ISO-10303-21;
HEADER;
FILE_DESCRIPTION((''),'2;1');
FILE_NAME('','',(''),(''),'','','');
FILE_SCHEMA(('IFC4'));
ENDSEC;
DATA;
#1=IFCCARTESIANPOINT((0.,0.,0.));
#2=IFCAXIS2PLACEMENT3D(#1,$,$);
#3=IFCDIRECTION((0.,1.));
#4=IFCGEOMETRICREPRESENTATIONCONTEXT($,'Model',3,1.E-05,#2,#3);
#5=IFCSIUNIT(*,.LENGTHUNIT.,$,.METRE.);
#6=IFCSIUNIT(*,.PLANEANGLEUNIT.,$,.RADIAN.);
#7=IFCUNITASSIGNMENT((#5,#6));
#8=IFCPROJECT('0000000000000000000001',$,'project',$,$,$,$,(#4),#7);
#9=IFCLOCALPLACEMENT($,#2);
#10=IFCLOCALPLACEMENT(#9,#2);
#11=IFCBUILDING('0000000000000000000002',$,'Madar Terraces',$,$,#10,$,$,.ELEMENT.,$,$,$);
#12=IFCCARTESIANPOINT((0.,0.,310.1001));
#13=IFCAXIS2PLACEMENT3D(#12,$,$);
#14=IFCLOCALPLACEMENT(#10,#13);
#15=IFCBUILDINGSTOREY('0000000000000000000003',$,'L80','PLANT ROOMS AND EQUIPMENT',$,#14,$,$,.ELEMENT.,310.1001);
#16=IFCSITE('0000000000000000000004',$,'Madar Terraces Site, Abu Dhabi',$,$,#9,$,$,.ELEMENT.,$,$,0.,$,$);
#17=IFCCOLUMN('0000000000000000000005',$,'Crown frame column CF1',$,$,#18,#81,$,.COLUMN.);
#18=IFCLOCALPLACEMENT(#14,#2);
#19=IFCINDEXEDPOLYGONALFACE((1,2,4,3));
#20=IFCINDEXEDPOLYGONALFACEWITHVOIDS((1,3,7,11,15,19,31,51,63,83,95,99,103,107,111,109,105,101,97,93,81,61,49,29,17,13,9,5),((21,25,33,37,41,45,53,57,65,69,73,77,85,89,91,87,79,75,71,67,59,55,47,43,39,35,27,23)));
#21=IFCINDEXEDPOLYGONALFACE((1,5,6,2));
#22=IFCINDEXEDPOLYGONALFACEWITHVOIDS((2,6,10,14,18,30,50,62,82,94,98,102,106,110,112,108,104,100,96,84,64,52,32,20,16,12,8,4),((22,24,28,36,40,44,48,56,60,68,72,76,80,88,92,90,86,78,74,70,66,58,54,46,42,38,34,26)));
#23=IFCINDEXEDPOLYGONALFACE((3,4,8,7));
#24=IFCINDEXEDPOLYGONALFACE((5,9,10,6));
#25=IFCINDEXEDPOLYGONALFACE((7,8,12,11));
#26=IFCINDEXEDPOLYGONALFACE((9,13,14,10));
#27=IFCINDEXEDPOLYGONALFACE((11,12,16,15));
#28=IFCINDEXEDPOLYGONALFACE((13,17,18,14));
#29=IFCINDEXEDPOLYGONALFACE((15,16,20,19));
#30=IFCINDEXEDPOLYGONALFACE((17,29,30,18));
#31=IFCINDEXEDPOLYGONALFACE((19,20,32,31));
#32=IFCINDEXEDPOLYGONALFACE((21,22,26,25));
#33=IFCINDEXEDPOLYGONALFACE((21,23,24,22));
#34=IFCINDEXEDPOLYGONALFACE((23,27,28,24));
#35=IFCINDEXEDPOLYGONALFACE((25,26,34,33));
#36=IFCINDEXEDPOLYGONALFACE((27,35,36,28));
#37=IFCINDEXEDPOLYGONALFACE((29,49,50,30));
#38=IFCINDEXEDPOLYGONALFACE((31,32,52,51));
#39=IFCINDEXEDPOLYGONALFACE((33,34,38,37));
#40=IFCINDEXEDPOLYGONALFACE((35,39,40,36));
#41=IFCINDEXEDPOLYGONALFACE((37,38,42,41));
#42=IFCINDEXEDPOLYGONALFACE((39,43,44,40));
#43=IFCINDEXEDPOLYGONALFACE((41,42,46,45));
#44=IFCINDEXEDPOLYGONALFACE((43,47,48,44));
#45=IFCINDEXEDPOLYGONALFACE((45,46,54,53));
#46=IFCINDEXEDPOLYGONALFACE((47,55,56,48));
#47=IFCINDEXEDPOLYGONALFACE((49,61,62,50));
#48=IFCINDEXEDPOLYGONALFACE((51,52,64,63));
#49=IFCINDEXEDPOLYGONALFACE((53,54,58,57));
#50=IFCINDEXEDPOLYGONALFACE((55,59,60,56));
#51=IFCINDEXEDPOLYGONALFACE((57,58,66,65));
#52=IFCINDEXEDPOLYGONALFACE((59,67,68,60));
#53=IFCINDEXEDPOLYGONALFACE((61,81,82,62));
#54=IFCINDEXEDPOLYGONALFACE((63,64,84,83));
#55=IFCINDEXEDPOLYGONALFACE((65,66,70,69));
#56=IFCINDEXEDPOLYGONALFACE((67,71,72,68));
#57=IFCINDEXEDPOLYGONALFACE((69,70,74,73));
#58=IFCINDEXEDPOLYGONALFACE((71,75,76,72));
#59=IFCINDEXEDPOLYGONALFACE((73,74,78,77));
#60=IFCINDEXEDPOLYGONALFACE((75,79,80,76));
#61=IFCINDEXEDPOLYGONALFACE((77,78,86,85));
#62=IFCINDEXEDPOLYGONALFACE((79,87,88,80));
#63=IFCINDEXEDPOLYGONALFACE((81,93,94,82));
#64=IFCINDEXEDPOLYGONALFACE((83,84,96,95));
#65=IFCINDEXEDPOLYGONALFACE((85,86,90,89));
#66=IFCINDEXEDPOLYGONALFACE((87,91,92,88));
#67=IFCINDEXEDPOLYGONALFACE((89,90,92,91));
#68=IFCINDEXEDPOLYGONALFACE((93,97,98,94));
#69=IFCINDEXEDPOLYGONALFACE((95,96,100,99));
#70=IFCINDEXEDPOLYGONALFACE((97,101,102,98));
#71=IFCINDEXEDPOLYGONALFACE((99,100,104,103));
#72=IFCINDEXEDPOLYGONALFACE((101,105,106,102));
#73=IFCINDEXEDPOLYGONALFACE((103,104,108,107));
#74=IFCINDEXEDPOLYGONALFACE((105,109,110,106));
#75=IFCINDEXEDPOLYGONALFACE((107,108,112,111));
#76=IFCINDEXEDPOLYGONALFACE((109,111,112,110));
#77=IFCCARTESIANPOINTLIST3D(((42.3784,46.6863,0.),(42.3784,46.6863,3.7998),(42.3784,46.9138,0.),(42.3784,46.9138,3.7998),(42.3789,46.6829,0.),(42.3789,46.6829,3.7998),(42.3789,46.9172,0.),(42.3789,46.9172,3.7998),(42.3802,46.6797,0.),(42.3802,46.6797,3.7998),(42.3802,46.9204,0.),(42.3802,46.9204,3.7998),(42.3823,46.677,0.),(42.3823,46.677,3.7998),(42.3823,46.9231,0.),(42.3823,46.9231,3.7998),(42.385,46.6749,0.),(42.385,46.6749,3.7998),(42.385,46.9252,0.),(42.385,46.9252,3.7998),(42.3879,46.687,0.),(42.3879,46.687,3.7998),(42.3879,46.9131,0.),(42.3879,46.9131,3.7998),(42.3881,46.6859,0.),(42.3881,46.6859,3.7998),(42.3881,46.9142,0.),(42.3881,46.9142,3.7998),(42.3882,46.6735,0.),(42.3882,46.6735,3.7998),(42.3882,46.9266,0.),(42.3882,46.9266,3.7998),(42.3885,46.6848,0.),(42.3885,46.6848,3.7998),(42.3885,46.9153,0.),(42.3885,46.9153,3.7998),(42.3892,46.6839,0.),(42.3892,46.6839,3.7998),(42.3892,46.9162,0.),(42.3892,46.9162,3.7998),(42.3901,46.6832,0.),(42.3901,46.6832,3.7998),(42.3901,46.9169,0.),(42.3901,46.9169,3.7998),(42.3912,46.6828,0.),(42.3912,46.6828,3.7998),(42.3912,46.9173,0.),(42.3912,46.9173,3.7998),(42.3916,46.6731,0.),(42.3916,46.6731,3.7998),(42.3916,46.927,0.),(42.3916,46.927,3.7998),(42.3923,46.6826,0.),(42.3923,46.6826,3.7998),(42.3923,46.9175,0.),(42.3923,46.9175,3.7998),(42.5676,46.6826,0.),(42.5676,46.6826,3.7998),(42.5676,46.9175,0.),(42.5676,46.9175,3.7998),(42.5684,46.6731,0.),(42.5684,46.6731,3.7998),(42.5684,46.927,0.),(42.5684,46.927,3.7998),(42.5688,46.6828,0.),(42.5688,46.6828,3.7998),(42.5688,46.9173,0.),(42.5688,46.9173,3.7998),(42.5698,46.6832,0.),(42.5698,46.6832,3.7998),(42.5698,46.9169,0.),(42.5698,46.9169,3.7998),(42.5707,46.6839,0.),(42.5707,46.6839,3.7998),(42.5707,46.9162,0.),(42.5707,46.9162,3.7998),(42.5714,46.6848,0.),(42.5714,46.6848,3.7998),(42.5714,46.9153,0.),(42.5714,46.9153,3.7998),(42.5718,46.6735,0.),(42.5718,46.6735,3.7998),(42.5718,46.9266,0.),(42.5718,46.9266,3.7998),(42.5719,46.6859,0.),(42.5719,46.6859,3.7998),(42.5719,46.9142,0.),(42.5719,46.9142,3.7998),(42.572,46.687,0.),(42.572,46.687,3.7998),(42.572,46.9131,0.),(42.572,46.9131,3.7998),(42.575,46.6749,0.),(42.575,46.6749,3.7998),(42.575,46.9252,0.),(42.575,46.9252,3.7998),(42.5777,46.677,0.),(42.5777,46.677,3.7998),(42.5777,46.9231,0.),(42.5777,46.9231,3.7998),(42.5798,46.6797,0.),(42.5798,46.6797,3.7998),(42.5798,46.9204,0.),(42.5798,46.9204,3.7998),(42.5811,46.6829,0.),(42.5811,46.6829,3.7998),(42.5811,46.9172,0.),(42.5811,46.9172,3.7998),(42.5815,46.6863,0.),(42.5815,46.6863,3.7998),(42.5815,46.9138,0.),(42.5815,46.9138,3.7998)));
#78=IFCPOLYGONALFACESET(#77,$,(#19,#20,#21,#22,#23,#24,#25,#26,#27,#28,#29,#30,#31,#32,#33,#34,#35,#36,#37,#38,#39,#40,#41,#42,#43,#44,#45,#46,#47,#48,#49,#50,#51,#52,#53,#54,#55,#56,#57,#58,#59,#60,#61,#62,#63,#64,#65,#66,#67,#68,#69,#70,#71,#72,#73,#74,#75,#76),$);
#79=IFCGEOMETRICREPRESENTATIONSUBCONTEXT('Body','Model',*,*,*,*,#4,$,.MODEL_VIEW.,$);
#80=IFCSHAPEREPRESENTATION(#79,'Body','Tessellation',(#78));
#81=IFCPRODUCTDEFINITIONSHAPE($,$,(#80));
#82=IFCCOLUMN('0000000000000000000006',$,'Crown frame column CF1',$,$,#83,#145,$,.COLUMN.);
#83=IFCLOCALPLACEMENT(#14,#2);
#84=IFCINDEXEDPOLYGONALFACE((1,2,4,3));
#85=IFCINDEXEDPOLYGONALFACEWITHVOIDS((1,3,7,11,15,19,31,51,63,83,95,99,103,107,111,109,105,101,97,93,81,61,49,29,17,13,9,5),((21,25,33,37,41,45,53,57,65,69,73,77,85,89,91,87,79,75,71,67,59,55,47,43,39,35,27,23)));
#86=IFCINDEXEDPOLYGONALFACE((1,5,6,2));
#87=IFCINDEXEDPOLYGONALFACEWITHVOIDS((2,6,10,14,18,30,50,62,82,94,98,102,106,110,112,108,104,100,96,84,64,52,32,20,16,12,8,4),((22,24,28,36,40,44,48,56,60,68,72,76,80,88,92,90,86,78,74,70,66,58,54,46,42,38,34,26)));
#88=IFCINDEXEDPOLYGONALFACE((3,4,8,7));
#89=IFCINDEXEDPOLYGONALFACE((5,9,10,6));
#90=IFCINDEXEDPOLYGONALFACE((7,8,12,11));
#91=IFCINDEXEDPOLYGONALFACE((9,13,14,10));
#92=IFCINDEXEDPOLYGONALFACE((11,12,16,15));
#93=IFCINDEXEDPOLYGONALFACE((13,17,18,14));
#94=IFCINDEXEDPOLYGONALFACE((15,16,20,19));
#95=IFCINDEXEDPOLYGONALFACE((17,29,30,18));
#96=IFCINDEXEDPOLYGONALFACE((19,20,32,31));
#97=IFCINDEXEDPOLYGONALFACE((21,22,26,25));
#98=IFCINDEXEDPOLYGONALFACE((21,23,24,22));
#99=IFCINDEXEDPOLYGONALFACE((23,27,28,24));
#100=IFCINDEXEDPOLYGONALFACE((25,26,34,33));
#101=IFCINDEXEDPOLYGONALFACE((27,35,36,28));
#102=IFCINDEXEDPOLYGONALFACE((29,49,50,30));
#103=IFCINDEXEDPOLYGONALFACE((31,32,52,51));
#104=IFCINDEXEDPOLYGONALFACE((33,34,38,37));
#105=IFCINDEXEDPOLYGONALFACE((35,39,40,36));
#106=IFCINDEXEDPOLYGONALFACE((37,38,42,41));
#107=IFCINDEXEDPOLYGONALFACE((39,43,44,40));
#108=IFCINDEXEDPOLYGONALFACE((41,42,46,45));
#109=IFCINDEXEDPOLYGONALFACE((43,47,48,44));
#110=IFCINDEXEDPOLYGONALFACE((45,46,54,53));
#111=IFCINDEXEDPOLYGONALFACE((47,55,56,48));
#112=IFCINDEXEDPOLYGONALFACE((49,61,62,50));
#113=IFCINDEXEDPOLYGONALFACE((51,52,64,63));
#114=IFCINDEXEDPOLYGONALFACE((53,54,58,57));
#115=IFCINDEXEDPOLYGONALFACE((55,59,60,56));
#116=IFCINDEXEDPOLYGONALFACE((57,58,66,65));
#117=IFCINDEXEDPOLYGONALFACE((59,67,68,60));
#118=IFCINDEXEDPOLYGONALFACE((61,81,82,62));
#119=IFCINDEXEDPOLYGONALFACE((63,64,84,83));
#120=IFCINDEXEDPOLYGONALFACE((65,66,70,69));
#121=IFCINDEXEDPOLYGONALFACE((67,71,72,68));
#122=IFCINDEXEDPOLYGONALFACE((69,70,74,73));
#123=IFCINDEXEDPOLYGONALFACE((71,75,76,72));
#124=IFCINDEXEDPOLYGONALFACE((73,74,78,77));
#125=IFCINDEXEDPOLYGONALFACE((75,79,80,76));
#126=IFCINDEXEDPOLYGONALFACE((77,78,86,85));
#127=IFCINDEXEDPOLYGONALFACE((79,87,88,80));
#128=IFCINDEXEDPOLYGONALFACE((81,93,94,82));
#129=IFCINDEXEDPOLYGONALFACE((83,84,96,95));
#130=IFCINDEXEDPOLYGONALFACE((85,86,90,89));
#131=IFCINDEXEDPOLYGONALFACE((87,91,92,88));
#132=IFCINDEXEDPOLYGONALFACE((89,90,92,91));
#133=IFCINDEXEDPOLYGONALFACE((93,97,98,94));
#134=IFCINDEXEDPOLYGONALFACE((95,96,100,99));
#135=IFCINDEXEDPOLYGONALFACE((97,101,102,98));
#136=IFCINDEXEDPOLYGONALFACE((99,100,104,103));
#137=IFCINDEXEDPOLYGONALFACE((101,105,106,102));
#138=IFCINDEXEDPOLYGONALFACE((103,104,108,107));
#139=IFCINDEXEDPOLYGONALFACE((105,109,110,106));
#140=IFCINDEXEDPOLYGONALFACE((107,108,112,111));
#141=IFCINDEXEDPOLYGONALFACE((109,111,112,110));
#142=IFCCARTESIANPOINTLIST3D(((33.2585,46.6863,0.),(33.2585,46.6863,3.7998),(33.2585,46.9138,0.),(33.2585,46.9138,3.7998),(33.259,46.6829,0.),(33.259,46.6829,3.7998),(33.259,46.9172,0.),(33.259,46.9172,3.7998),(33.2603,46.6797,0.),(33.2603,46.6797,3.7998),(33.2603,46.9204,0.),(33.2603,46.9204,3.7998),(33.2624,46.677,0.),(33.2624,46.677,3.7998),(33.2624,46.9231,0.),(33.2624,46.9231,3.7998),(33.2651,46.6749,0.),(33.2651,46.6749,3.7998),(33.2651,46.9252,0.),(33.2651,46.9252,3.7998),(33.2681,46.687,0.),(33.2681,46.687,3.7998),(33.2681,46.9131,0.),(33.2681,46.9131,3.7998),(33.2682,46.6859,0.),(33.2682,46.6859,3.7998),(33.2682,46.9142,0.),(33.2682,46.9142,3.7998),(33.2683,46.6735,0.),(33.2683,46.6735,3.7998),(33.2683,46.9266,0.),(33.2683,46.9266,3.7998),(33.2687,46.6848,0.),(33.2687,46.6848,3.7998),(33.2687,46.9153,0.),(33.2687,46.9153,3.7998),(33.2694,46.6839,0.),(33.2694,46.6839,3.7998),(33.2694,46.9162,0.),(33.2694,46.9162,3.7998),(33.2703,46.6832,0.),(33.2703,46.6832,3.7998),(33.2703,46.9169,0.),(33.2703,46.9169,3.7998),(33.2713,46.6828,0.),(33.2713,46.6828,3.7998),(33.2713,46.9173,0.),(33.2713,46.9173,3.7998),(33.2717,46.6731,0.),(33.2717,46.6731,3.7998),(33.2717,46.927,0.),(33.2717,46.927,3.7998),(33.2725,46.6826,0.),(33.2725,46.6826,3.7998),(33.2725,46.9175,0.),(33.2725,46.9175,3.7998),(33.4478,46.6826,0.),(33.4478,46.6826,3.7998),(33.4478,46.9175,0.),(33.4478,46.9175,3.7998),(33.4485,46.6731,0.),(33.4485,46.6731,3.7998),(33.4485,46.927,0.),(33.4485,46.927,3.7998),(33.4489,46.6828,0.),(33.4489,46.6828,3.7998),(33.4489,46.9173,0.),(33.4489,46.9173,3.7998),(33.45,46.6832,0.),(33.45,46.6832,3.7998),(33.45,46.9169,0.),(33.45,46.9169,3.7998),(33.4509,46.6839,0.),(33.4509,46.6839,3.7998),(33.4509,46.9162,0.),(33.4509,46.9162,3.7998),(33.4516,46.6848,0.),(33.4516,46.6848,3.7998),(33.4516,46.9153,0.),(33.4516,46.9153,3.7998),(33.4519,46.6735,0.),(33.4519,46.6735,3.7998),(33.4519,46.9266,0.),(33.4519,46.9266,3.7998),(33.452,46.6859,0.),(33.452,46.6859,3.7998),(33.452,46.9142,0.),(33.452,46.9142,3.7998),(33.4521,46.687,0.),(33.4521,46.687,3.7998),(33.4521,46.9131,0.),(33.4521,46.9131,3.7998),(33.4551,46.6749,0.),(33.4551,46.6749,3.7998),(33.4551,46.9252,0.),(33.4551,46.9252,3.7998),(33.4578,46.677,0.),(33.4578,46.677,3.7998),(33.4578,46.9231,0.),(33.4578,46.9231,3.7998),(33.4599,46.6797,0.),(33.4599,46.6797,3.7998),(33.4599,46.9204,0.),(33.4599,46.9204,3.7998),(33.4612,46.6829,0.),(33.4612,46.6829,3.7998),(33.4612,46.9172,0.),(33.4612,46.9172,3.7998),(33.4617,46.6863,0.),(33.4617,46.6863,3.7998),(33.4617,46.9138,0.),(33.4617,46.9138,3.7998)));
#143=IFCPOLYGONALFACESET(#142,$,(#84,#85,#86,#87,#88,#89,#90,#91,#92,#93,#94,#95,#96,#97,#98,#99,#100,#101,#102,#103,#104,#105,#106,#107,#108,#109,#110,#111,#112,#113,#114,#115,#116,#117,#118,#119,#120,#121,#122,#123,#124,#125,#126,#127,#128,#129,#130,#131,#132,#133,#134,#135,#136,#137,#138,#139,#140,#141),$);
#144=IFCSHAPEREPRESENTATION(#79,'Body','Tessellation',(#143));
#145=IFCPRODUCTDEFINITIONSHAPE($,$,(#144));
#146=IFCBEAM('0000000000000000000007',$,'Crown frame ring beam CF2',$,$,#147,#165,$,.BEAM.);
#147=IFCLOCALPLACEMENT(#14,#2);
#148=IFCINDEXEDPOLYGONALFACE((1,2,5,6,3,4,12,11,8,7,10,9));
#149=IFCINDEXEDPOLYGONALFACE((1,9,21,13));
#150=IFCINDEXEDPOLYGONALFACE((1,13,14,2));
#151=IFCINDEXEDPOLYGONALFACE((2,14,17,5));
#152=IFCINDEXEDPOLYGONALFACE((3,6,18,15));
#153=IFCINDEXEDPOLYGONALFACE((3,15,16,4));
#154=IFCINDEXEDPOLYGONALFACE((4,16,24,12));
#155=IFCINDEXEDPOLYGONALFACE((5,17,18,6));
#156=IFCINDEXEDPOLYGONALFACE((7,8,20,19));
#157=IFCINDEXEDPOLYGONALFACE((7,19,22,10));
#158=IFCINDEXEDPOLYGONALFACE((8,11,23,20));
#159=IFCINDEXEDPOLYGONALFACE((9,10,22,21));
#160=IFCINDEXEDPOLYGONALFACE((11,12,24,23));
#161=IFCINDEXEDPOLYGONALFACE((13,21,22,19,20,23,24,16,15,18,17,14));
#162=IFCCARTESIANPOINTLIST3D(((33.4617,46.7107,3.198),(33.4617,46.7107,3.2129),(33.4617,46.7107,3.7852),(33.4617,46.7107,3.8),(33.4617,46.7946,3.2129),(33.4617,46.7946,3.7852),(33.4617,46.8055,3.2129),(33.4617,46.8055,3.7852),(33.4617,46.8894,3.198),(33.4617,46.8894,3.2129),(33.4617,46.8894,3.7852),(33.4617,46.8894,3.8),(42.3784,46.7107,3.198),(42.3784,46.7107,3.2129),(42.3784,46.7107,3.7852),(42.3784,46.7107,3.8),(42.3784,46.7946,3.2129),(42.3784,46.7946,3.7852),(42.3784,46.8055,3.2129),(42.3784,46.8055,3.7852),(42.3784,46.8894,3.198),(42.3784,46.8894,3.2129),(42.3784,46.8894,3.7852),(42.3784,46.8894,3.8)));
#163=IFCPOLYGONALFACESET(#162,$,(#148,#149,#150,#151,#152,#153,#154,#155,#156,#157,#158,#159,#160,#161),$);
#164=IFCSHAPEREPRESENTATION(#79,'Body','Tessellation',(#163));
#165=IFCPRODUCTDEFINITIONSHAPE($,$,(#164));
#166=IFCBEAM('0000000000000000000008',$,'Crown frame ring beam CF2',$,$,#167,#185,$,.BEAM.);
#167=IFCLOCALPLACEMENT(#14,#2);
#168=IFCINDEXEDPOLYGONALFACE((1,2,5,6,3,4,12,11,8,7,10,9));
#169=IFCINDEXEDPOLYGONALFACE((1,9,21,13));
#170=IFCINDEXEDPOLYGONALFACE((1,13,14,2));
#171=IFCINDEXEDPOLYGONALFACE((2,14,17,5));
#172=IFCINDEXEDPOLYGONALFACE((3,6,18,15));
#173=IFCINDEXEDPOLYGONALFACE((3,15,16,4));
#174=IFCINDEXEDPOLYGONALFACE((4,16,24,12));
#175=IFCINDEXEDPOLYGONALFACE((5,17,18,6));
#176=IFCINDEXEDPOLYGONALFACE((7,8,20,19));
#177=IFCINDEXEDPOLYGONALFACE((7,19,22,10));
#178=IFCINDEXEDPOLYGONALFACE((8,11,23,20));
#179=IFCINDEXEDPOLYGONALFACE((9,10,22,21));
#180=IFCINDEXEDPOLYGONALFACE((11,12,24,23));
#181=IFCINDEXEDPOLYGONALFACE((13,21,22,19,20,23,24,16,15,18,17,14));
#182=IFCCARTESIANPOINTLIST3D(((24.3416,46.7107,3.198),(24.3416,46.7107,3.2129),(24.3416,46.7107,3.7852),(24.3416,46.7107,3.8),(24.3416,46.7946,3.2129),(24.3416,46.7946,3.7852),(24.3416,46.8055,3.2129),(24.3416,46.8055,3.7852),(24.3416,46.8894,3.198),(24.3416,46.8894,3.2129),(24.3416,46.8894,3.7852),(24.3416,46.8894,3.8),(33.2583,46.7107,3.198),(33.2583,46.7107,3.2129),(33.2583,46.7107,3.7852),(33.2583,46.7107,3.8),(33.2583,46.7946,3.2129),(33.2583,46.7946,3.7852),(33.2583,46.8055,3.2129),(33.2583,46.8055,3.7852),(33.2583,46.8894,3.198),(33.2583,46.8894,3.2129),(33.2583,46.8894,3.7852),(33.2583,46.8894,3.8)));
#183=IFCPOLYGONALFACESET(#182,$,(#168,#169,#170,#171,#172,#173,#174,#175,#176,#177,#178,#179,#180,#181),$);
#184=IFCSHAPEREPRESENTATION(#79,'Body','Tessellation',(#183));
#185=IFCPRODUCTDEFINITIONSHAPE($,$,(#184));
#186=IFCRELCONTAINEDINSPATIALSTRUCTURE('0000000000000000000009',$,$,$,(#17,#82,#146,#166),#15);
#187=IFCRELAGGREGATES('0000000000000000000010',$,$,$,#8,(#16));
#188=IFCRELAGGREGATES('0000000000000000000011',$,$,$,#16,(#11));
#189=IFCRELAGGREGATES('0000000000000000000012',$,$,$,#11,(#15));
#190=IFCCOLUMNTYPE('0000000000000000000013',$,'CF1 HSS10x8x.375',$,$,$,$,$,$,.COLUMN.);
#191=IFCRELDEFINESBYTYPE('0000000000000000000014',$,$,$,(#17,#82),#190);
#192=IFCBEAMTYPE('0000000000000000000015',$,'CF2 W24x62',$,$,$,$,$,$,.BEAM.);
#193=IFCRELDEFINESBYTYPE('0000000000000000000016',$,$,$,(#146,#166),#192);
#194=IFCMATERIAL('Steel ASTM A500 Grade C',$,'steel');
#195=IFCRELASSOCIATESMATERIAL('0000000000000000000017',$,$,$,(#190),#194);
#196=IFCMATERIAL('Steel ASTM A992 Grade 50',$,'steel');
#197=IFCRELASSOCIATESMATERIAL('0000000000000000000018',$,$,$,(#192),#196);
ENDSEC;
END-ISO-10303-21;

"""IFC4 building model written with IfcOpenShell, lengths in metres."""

from ifc_helpers import new_model, si_unit, direction, frame, origin, origin_2d, place, context, subcontext, project, spatial, hollow_rectangle, i_section, extrude, material, material_profile, profile_set, type_object, element, save


model = new_model("IFC4")

# Units and contexts
model_context = context("Model", 3, precision=1e-05, world=origin(), true_north=direction((0.0, 1.0)))
body_context = subcontext(model_context, "Body", "Model", "MODEL_VIEW")
ifc_project = project(units=[si_unit("LENGTHUNIT", "METRE"), si_unit("PLANEANGLEUNIT", "RADIAN")], contexts=[model_context])

# Site, building, storey
site_placement = place(None, origin())
site = spatial("IfcSite", under=ifc_project, at=site_placement, Name="Madar Terraces Site, Abu Dhabi", CompositionType="ELEMENT", RefElevation=0.0)
building_placement = place(site_placement, origin())
building = spatial("IfcBuilding", under=site, at=building_placement, Name="Madar Terraces", CompositionType="ELEMENT")
storey_placement = place(building_placement, frame((0.0, 0.0, 310.1001)))
storey = spatial("IfcBuildingStorey", under=building, at=storey_placement, Name="L80", Description="PLANT ROOMS AND EQUIPMENT", CompositionType="ELEMENT", Elevation=310.1001)

# Columns
ifc_material_1 = material(Name="Steel ASTM A500 Grade C", Category="steel")
ifc_material_profile_1 = material_profile(ifc_material_1, hollow_rectangle(XDim=0.2031, YDim=0.2539, WallThickness=0.0095, InnerFilletRadius=0.0044, OuterFilletRadius=0.0132, at=origin_2d()), Name="HSS10x8x.375")
ifc_profile_set_1 = profile_set([ifc_material_profile_1], Name="Steel ASTM A500 Grade C")
column_type = type_object("IfcColumnType", Name="CF1 HSS10x8x.375", PredefinedType="COLUMN", material=ifc_profile_set_1)
for number, where, z_axis, x_axis, name in (
    (1, (42.48, 46.8, 0.0), (0.0, 0.0, 1.0), (1.0, 0.0, 0.0), "Crown frame column CF1"),
    (2, (33.3601, 46.8, 0.0), (0.0, 0.0, 1.0), (1.0, 0.0, 0.0), "Crown frame column CF1"),
):
    element("IfcColumn", number, at=place(storey_placement, frame(where, z_axis=z_axis, x_axis=x_axis)), inside=storey, type_object=column_type, Name=name, PredefinedType="COLUMN", context=body_context, shape_type="SweptSolid", body=[
        extrude(hollow_rectangle(XDim=0.2031, YDim=0.2539, WallThickness=0.0095, InnerFilletRadius=0.0044, OuterFilletRadius=0.0132, at=origin_2d()), origin(), (0.0, 0.0, 1.0), 3.7998),
    ])

# Beams
ifc_material_2 = material(Name="Steel ASTM A992 Grade 50", Category="steel")
ifc_material_profile_2 = material_profile(ifc_material_2, i_section(OverallWidth=0.1787, OverallDepth=0.6021, WebThickness=0.011, FlangeThickness=0.0149, at=origin_2d()), Name="W24x62")
ifc_profile_set_2 = profile_set([ifc_material_profile_2], Name="Steel ASTM A992 Grade 50")
beam_type = type_object("IfcBeamType", Name="CF2 W24x62", PredefinedType="BEAM", material=ifc_profile_set_2)
for number, where, z_axis, x_axis, name in (
    (3, (42.3784, 46.8, 3.499), (-1.0, 0.0, 0.0), (0.0, -1.0, 0.0), "Crown frame ring beam CF2"),
    (4, (33.2583, 46.8, 3.499), (-1.0, 0.0, 0.0), (0.0, -1.0, 0.0), "Crown frame ring beam CF2"),
):
    element("IfcBeam", number, at=place(storey_placement, frame(where, z_axis=z_axis, x_axis=x_axis)), inside=storey, type_object=beam_type, Name=name, PredefinedType="BEAM", context=body_context, shape_type="SweptSolid", body=[
        extrude(i_section(OverallWidth=0.1787, OverallDepth=0.6021, WebThickness=0.011, FlangeThickness=0.0149, at=origin_2d()), origin(), (0.0, 0.0, 1.0), 8.9167),
    ])

save(model, "model.ifc")
